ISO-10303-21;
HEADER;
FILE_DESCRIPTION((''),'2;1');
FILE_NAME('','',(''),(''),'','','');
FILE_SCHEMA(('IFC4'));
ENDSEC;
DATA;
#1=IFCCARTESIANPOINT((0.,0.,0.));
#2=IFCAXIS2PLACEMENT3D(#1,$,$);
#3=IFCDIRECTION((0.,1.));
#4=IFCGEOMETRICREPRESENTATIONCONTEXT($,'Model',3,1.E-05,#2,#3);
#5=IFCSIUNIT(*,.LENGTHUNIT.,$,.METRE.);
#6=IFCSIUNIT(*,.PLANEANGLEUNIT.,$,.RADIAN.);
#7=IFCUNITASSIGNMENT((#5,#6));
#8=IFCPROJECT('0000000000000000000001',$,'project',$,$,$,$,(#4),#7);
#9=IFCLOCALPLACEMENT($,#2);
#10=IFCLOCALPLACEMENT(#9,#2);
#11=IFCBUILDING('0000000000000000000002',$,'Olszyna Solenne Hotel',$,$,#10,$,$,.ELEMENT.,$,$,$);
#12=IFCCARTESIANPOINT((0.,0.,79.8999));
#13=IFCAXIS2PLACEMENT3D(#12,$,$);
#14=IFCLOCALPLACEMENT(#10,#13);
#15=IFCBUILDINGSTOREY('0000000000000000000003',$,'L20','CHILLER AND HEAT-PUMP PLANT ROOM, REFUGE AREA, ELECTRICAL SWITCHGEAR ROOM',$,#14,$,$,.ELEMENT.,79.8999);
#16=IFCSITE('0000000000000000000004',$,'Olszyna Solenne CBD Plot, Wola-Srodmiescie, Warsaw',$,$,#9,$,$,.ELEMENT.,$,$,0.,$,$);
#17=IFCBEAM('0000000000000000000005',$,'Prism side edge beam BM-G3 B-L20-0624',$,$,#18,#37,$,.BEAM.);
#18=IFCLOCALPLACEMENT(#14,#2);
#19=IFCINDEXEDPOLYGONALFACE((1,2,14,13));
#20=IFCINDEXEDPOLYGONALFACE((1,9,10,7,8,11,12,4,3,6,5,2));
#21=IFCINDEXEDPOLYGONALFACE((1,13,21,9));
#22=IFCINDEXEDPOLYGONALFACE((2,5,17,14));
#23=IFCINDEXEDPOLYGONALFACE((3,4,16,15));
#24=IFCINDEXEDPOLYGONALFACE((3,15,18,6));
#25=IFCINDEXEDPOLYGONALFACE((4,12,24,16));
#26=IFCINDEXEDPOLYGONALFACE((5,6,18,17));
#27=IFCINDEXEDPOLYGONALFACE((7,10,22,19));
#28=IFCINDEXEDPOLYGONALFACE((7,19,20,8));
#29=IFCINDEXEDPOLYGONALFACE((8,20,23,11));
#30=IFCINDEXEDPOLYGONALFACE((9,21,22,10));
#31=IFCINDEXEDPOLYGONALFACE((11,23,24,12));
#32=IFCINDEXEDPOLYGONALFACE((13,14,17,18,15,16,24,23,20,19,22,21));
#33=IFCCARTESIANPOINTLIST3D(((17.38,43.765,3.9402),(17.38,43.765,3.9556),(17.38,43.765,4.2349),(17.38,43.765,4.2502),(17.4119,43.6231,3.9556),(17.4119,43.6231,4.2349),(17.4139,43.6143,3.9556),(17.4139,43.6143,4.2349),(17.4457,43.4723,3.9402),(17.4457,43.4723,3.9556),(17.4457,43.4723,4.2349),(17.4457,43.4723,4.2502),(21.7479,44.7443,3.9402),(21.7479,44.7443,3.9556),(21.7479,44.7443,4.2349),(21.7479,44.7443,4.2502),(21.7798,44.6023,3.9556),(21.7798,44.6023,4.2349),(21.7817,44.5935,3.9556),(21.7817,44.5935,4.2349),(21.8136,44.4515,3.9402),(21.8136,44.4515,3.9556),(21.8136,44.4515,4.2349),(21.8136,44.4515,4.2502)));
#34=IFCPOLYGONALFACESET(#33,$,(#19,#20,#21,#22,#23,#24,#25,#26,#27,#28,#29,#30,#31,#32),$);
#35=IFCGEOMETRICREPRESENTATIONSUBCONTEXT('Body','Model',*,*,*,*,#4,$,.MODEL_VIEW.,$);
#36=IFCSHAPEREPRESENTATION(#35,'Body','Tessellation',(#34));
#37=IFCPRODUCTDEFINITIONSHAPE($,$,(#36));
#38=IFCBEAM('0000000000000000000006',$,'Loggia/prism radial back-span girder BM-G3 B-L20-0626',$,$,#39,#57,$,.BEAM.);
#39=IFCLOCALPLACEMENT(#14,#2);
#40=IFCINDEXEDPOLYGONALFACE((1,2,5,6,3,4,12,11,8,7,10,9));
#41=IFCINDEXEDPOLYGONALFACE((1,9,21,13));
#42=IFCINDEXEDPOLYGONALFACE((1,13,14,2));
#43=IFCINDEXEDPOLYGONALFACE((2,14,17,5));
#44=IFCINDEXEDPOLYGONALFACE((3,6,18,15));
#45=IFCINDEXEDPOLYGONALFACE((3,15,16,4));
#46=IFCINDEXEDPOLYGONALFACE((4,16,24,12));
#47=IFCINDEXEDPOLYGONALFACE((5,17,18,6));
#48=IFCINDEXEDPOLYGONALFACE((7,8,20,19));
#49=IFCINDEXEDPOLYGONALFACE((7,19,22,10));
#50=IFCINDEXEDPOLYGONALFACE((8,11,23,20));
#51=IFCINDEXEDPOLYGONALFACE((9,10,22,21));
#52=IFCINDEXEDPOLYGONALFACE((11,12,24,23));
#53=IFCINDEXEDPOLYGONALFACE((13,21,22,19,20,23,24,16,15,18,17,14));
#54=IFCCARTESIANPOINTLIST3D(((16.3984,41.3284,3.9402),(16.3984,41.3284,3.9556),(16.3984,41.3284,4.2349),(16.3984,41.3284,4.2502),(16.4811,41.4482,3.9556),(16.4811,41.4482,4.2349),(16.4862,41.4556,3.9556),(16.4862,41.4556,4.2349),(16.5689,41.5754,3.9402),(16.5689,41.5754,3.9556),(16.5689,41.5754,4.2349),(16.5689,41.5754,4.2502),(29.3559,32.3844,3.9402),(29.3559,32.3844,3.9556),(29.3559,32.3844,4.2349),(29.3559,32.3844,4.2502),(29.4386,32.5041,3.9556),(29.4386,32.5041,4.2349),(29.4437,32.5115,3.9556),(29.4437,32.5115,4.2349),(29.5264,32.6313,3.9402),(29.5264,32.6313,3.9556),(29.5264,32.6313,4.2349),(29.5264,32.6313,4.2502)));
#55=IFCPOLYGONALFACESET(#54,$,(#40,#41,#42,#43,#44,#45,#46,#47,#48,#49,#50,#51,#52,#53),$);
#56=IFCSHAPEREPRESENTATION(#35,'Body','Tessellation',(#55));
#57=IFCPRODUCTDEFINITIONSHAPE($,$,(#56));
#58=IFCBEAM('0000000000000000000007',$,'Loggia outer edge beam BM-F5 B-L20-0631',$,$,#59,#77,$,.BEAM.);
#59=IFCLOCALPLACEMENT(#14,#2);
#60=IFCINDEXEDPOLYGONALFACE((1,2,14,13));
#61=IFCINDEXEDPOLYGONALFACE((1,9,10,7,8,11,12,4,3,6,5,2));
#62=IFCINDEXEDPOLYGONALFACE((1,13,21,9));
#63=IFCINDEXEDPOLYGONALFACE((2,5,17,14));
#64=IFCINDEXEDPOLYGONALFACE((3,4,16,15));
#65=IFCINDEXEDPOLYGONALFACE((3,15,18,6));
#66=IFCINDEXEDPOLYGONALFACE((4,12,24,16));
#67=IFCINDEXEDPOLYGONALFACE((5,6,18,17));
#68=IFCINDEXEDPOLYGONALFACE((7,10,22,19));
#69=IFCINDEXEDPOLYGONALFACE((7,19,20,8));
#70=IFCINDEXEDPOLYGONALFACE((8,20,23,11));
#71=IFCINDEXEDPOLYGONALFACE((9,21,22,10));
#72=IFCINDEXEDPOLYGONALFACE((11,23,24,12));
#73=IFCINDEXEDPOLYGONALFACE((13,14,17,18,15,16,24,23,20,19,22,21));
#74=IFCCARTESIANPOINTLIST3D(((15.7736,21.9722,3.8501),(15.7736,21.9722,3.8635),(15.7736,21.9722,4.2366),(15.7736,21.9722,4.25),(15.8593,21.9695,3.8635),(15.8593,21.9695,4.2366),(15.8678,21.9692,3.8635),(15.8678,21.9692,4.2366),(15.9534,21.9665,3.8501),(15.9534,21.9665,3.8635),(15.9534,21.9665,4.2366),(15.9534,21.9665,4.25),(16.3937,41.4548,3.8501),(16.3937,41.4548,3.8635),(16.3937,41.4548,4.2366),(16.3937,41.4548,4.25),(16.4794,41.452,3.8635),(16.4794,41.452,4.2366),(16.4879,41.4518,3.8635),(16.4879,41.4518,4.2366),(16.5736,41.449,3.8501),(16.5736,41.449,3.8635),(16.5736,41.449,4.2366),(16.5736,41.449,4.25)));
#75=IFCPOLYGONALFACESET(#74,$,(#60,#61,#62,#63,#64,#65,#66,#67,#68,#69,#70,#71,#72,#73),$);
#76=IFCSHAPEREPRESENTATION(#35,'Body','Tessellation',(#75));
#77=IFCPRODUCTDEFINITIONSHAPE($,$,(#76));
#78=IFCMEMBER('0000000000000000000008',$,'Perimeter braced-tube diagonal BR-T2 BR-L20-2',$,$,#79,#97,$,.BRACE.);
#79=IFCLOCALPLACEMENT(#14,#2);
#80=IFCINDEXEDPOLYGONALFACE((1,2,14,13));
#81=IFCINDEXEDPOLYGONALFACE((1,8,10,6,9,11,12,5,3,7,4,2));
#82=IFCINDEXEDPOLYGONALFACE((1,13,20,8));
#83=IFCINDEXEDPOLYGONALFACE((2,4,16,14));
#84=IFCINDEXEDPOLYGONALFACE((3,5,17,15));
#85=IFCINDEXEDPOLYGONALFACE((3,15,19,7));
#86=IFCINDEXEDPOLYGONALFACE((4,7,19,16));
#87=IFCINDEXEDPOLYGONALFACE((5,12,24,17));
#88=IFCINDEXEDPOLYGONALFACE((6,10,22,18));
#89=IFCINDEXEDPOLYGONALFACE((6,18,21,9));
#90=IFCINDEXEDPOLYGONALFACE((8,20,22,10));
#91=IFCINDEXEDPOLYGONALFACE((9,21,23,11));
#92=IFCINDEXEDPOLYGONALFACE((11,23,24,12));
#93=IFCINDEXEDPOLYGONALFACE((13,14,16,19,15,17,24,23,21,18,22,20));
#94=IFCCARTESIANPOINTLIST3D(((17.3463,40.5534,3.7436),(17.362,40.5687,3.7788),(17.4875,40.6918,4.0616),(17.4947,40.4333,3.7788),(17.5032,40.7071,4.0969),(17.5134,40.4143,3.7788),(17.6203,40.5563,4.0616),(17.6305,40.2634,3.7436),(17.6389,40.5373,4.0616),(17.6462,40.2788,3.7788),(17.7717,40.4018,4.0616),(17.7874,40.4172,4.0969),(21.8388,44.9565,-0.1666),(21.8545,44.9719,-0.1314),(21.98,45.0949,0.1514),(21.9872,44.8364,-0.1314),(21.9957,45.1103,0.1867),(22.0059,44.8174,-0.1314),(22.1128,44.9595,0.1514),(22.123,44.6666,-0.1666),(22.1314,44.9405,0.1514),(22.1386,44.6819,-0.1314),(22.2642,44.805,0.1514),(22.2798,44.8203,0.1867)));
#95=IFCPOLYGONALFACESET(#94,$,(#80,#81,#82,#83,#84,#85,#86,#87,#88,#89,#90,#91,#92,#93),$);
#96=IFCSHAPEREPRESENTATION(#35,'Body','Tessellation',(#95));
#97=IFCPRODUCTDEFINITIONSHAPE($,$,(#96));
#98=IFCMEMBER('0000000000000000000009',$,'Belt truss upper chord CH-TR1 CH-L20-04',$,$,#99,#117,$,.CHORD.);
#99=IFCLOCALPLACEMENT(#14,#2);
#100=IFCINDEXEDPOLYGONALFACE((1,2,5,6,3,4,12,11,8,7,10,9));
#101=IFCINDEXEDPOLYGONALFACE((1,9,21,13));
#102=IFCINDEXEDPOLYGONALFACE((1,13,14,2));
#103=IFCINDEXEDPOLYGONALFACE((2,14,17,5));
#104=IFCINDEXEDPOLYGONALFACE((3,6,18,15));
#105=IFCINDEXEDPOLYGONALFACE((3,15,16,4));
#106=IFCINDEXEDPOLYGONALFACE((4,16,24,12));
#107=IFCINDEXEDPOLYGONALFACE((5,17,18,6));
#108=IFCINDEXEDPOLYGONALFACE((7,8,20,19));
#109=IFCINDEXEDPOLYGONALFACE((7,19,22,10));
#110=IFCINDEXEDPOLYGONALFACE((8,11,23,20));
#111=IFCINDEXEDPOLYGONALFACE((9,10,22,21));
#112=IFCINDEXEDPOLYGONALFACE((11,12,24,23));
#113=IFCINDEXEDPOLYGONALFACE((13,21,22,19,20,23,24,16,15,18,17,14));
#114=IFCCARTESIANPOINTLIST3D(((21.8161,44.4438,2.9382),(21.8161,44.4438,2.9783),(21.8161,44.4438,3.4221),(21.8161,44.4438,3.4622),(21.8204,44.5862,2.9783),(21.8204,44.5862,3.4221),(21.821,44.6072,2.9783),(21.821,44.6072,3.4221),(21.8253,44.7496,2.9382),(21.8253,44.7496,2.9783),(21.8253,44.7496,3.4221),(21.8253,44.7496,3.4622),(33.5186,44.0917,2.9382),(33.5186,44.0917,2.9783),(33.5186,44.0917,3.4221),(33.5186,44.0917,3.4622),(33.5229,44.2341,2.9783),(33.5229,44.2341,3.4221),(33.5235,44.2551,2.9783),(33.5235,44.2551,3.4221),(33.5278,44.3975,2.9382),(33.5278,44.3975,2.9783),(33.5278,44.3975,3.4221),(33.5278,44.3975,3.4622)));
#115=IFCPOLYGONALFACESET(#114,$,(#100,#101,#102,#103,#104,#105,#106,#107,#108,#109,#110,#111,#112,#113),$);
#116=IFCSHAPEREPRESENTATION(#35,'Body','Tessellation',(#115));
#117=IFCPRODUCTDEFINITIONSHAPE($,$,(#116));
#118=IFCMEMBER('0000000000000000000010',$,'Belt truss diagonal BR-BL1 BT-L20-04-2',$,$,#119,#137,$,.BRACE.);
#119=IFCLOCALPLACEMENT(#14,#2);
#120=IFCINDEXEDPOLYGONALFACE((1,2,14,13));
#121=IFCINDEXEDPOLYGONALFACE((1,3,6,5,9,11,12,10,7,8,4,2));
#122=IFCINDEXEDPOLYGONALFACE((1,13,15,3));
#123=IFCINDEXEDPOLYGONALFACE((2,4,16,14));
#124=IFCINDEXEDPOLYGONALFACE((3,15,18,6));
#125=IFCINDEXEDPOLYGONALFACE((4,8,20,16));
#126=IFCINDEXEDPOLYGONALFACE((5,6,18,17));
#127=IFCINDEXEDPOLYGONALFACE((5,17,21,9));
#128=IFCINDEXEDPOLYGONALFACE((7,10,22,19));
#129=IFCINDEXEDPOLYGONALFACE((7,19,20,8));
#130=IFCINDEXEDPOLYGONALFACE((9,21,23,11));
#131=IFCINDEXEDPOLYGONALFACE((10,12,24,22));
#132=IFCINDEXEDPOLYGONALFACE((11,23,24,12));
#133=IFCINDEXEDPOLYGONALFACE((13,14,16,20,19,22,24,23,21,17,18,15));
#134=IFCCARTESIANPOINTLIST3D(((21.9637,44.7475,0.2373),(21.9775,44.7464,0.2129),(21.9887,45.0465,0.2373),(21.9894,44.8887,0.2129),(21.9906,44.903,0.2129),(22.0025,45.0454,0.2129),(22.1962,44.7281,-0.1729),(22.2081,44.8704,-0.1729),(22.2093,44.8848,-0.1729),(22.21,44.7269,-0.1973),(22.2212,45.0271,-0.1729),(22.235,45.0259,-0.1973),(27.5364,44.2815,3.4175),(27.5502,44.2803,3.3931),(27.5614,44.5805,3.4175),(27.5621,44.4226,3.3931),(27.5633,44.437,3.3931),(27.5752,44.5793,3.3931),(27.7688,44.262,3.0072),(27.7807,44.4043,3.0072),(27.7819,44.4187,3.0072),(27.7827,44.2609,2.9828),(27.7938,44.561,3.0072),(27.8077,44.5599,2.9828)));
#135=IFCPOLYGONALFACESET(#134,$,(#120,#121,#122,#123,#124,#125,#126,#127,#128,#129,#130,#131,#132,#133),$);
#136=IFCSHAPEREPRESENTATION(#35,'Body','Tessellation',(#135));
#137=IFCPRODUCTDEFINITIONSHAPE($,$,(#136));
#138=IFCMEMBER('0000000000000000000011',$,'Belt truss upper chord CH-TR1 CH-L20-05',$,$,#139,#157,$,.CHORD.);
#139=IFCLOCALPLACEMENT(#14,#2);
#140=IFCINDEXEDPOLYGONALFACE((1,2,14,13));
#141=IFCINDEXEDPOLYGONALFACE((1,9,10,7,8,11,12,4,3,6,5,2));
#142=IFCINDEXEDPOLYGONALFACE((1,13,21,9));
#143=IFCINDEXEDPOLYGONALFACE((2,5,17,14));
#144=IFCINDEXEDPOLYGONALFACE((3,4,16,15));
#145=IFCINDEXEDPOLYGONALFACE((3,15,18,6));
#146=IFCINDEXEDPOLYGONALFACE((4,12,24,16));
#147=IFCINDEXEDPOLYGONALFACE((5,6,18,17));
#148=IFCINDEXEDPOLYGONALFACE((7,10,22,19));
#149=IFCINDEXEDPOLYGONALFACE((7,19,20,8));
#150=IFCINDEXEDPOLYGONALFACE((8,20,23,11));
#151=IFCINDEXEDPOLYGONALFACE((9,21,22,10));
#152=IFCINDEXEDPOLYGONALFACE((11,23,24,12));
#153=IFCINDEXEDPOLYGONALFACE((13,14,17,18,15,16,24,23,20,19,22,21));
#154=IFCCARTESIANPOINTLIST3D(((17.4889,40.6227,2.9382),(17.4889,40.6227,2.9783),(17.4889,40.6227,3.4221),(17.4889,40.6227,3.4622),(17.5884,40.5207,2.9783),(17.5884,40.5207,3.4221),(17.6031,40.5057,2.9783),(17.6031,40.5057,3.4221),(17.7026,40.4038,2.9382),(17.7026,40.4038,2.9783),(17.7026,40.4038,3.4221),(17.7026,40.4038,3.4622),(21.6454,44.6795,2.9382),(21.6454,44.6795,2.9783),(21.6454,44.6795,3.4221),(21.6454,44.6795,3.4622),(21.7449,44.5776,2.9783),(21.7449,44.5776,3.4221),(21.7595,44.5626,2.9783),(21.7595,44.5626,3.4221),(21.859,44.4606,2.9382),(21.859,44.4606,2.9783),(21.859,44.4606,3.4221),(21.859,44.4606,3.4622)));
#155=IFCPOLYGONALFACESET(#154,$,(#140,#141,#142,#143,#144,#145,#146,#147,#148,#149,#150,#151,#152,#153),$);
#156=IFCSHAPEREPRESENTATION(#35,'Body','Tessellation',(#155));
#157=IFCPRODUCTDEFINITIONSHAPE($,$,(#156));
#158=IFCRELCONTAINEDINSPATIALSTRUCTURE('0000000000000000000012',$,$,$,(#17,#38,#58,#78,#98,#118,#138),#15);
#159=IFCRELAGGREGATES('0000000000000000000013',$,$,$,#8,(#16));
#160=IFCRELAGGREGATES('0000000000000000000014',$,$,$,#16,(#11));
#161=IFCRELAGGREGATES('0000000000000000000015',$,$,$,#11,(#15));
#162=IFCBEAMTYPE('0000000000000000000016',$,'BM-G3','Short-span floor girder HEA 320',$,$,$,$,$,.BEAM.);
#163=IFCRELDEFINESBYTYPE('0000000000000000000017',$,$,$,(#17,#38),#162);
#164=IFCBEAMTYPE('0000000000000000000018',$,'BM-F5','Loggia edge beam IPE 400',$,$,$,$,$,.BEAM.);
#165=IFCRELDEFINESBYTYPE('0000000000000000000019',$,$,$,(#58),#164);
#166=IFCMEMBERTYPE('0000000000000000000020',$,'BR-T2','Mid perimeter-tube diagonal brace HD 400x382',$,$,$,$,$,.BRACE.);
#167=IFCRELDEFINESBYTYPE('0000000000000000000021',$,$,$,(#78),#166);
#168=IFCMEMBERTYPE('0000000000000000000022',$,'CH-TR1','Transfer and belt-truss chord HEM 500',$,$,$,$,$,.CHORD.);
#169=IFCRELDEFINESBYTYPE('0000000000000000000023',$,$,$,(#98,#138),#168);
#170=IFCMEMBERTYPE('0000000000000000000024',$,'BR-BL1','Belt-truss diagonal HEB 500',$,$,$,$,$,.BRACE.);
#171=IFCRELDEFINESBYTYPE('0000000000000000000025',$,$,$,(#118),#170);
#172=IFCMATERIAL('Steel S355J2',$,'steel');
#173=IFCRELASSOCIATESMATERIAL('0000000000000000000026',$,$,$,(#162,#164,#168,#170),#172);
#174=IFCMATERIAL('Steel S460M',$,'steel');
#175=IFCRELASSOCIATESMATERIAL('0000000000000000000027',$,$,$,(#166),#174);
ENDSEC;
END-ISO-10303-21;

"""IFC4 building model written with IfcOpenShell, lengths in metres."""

from ifc_helpers import new_model, si_unit, direction, frame, origin, origin_2d, place, context, subcontext, project, spatial, i_section, extrude, source, transform, mapped, material, material_profile, profile_set, type_object, element, save


model = new_model("IFC4")

# Units and contexts
model_context = context("Model", 3, precision=1e-05, world=origin(), true_north=direction((0.0, 1.0)))
body_context = subcontext(model_context, "Body", "Model", "MODEL_VIEW")
ifc_project = project(units=[si_unit("LENGTHUNIT", "METRE"), si_unit("PLANEANGLEUNIT", "RADIAN")], contexts=[model_context])

# Site, building, storey
site_placement = place(None, origin())
site = spatial("IfcSite", under=ifc_project, at=site_placement, Name="Olszyna Solenne CBD Plot, Wola-Srodmiescie, Warsaw", CompositionType="ELEMENT", RefElevation=0.0)
building_placement = place(site_placement, origin())
building = spatial("IfcBuilding", under=site, at=building_placement, Name="Olszyna Solenne Hotel", CompositionType="ELEMENT")
storey_placement = place(building_placement, frame((0.0, 0.0, 79.8999)))
storey = spatial("IfcBuildingStorey", under=building, at=storey_placement, Name="L20", Description="CHILLER AND HEAT-PUMP PLANT ROOM, REFUGE AREA, ELECTRICAL SWITCHGEAR ROOM", CompositionType="ELEMENT", Elevation=79.8999)

# Shared definitions
ifc_material_1 = material(Name="Steel S460M", Category="steel")

# Beams
ifc_material_2 = material(Name="Steel S355J2", Category="steel")
ifc_material_profile_1 = material_profile(ifc_material_2, i_section(OverallWidth=0.3, OverallDepth=0.3101, WebThickness=0.009, FlangeThickness=0.0154, at=origin_2d()), Name="HEA 320", Category="load-bearing")
ifc_profile_set_1 = profile_set([ifc_material_profile_1], Name="Steel S355J2")
beam_type_1 = type_object("IfcBeamType", Name="BM-G3", Description="Short-span floor girder HEA 320", PredefinedType="BEAM", material=ifc_profile_set_1)
shared_shape_1 = source(origin(), body_context, "Body", "SweptSolid", [
    extrude(i_section(OverallWidth=0.3, OverallDepth=0.3101, WebThickness=0.009, FlangeThickness=0.0154, at=origin_2d()), origin(), (0.0, 0.0, 1.0), 4.4763),
])
beam_1_placement = place(storey_placement, frame((21.7808, 44.5979, 4.0952), z_axis=(-0.975779, -0.218761, 0.0), x_axis=(0.218761, -0.975779, 0.0)))
element("IfcBeam", 1, at=beam_1_placement, inside=storey, type_object=beam_type_1, Name="Prism side edge beam BM-G3 B-L20-0624", PredefinedType="BEAM", context=body_context, shape_type="MappedRepresentation", body=[
    mapped(shared_shape_1, transform((0.0, 0.0, 0.0), x_axis=(1.0, 0.0, 0.0), y_axis=(0.0, 1.0, 0.0), z_axis=(0.0, 0.0, 1.0), scale=1.0)),
])
shared_shape_2 = source(origin(), body_context, "Body", "SweptSolid", [
    extrude(i_section(OverallWidth=0.3, OverallDepth=0.3101, WebThickness=0.009, FlangeThickness=0.0154, at=origin_2d()), origin(), (0.0, 0.0, 1.0), 15.7446),
])
beam_2_placement = place(storey_placement, frame((16.4836, 41.4519, 4.0952), z_axis=(0.822979, -0.568072, 0.0), x_axis=(0.568072, 0.822979, 0.0)))
element("IfcBeam", 2, at=beam_2_placement, inside=storey, type_object=beam_type_1, Name="Loggia/prism radial back-span girder BM-G3 B-L20-0626", PredefinedType="BEAM", context=body_context, shape_type="MappedRepresentation", body=[
    mapped(shared_shape_2, transform((0.0, 0.0, 0.0), x_axis=(1.0, 0.0, 0.0), y_axis=(0.0, 1.0, 0.0), z_axis=(0.0, 0.0, 1.0), scale=1.0)),
])
ifc_material_profile_2 = material_profile(ifc_material_2, i_section(OverallWidth=0.1799, OverallDepth=0.3999, WebThickness=0.0085, FlangeThickness=0.0134, at=origin_2d()), Name="IPE 400", Category="load-bearing")
ifc_profile_set_2 = profile_set([ifc_material_profile_2], Name="Steel S355J2")
beam_type_2 = type_object("IfcBeamType", Name="BM-F5", Description="Loggia edge beam IPE 400", PredefinedType="BEAM", material=ifc_profile_set_2)
shared_shape_3 = source(origin(), body_context, "Body", "SweptSolid", [
    extrude(i_section(OverallWidth=0.1799, OverallDepth=0.3999, WebThickness=0.0085, FlangeThickness=0.0134, at=origin_2d()), origin(), (0.0, 0.0, 1.0), 19.4924),
])
beam_3_placement = place(storey_placement, frame((16.4836, 41.4519, 4.05), z_axis=(-0.031813, -0.999494, 0.0), x_axis=(0.999494, -0.031813, 0.0)))
element("IfcBeam", 3, at=beam_3_placement, inside=storey, type_object=beam_type_2, Name="Loggia outer edge beam BM-F5 B-L20-0631", PredefinedType="BEAM", context=body_context, shape_type="MappedRepresentation", body=[
    mapped(shared_shape_3, transform((0.0, 0.0, 0.0), x_axis=(1.0, 0.0, 0.0), y_axis=(0.0, 1.0, 0.0), z_axis=(0.0, 0.0, 1.0), scale=1.0)),
])

# Members
ifc_material_profile_3 = material_profile(ifc_material_1, i_section(OverallWidth=0.406, OverallDepth=0.416, WebThickness=0.0266, FlangeThickness=0.0415, at=origin_2d()), Name="HD 400x382", Category="load-bearing")
ifc_profile_set_3 = profile_set([ifc_material_profile_3], Name="Steel S460M")
member_type_1 = type_object("IfcMemberType", Name="BR-T2", Description="Mid perimeter-tube diagonal brace HD 400x382", PredefinedType="BRACE", material=ifc_profile_set_3)
shared_shape_4 = source(origin(), body_context, "Body", "SweptSolid", [
    extrude(i_section(OverallWidth=0.406, OverallDepth=0.416, WebThickness=0.0266, FlangeThickness=0.0415, at=origin_2d()), origin(), (0.0, 0.0, 1.0), 7.4067),
])
member_1_placement = place(storey_placement, frame((22.0593, 44.8884, 0.01), z_axis=(-0.606541, -0.594477, 0.527926), x_axis=(0.699969, -0.714174, 0.0)))
element("IfcMember", 4, at=member_1_placement, inside=storey, type_object=member_type_1, Name="Perimeter braced-tube diagonal BR-T2 BR-L20-2", PredefinedType="BRACE", context=body_context, shape_type="MappedRepresentation", body=[
    mapped(shared_shape_4, transform((0.0, 0.0, 0.0), x_axis=(1.0, 0.0, 0.0), y_axis=(0.0, 1.0, 0.0), z_axis=(0.0, 0.0, 1.0), scale=1.0)),
])
ifc_material_profile_4 = material_profile(ifc_material_2, i_section(OverallWidth=0.3059, OverallDepth=0.5239, WebThickness=0.021, FlangeThickness=0.04, at=origin_2d()), Name="HEM 500", Category="load-bearing")
ifc_profile_set_4 = profile_set([ifc_material_profile_4], Name="Steel S355J2")
member_type_2 = type_object("IfcMemberType", Name="CH-TR1", Description="Transfer and belt-truss chord HEM 500", PredefinedType="CHORD", material=ifc_profile_set_4)
shared_shape_5 = source(origin(), body_context, "Body", "SweptSolid", [
    extrude(i_section(OverallWidth=0.3059, OverallDepth=0.5239, WebThickness=0.021, FlangeThickness=0.04, at=origin_2d()), origin(), (0.0, 0.0, 1.0), 11.7078),
])
member_2_placement = place(storey_placement, frame((33.5232, 44.2446, 3.2002), z_axis=(-0.999548, 0.03007, 0.0), x_axis=(-0.03007, -0.999548, 0.0)))
element("IfcMember", 5, at=member_2_placement, inside=storey, type_object=member_type_2, Name="Belt truss upper chord CH-TR1 CH-L20-04", PredefinedType="CHORD", context=body_context, shape_type="MappedRepresentation", body=[
    mapped(shared_shape_5, transform((0.0, 0.0, 0.0), x_axis=(1.0, 0.0, 0.0), y_axis=(0.0, 1.0, 0.0), z_axis=(0.0, 0.0, 1.0), scale=1.0)),
])
ifc_material_profile_5 = material_profile(ifc_material_2, i_section(OverallWidth=0.3, OverallDepth=0.5, WebThickness=0.0144, FlangeThickness=0.0281, at=origin_2d()), Name="HEB 500", Category="load-bearing")
ifc_profile_set_5 = profile_set([ifc_material_profile_5], Name="Steel S355J2")
member_type_3 = type_object("IfcMemberType", Name="BR-BL1", Description="Belt-truss diagonal HEB 500", PredefinedType="BRACE", material=ifc_profile_set_5)
shared_shape_6 = source(origin(), body_context, "Body", "SweptSolid", [
    extrude(i_section(OverallWidth=0.3, OverallDepth=0.5, WebThickness=0.0144, FlangeThickness=0.0281, at=origin_2d()), origin(), (0.0, 0.0, 1.0), 6.4331),
])
member_3_placement = place(storey_placement, frame((22.0994, 44.8867, 0.02), z_axis=(0.866246, -0.072447, 0.494337), x_axis=(0.083342, 0.996521, 0.0)))
element("IfcMember", 6, at=member_3_placement, inside=storey, type_object=member_type_3, Name="Belt truss diagonal BR-BL1 BT-L20-04-2", PredefinedType="BRACE", context=body_context, shape_type="MappedRepresentation", body=[
    mapped(shared_shape_6, transform((0.0, 0.0, 0.0), x_axis=(1.0, 0.0, 0.0), y_axis=(0.0, 1.0, 0.0), z_axis=(0.0, 0.0, 1.0), scale=1.0)),
])
shared_shape_7 = source(origin(), body_context, "Body", "SweptSolid", [
    extrude(i_section(OverallWidth=0.3059, OverallDepth=0.5239, WebThickness=0.021, FlangeThickness=0.04, at=origin_2d()), origin(), (0.0, 0.0, 1.0), 5.8081),
])
member_4_placement = place(storey_placement, frame((21.7522, 44.5701, 3.2002), z_axis=(-0.71563, -0.69848, 0.0), x_axis=(0.69848, -0.71563, 0.0)))
element("IfcMember", 7, at=member_4_placement, inside=storey, type_object=member_type_2, Name="Belt truss upper chord CH-TR1 CH-L20-05", PredefinedType="CHORD", context=body_context, shape_type="MappedRepresentation", body=[
    mapped(shared_shape_7, transform((0.0, 0.0, 0.0), x_axis=(1.0, 0.0, 0.0), y_axis=(0.0, 1.0, 0.0), z_axis=(0.0, 0.0, 1.0), scale=1.0)),
])

save(model, "model.ifc")
